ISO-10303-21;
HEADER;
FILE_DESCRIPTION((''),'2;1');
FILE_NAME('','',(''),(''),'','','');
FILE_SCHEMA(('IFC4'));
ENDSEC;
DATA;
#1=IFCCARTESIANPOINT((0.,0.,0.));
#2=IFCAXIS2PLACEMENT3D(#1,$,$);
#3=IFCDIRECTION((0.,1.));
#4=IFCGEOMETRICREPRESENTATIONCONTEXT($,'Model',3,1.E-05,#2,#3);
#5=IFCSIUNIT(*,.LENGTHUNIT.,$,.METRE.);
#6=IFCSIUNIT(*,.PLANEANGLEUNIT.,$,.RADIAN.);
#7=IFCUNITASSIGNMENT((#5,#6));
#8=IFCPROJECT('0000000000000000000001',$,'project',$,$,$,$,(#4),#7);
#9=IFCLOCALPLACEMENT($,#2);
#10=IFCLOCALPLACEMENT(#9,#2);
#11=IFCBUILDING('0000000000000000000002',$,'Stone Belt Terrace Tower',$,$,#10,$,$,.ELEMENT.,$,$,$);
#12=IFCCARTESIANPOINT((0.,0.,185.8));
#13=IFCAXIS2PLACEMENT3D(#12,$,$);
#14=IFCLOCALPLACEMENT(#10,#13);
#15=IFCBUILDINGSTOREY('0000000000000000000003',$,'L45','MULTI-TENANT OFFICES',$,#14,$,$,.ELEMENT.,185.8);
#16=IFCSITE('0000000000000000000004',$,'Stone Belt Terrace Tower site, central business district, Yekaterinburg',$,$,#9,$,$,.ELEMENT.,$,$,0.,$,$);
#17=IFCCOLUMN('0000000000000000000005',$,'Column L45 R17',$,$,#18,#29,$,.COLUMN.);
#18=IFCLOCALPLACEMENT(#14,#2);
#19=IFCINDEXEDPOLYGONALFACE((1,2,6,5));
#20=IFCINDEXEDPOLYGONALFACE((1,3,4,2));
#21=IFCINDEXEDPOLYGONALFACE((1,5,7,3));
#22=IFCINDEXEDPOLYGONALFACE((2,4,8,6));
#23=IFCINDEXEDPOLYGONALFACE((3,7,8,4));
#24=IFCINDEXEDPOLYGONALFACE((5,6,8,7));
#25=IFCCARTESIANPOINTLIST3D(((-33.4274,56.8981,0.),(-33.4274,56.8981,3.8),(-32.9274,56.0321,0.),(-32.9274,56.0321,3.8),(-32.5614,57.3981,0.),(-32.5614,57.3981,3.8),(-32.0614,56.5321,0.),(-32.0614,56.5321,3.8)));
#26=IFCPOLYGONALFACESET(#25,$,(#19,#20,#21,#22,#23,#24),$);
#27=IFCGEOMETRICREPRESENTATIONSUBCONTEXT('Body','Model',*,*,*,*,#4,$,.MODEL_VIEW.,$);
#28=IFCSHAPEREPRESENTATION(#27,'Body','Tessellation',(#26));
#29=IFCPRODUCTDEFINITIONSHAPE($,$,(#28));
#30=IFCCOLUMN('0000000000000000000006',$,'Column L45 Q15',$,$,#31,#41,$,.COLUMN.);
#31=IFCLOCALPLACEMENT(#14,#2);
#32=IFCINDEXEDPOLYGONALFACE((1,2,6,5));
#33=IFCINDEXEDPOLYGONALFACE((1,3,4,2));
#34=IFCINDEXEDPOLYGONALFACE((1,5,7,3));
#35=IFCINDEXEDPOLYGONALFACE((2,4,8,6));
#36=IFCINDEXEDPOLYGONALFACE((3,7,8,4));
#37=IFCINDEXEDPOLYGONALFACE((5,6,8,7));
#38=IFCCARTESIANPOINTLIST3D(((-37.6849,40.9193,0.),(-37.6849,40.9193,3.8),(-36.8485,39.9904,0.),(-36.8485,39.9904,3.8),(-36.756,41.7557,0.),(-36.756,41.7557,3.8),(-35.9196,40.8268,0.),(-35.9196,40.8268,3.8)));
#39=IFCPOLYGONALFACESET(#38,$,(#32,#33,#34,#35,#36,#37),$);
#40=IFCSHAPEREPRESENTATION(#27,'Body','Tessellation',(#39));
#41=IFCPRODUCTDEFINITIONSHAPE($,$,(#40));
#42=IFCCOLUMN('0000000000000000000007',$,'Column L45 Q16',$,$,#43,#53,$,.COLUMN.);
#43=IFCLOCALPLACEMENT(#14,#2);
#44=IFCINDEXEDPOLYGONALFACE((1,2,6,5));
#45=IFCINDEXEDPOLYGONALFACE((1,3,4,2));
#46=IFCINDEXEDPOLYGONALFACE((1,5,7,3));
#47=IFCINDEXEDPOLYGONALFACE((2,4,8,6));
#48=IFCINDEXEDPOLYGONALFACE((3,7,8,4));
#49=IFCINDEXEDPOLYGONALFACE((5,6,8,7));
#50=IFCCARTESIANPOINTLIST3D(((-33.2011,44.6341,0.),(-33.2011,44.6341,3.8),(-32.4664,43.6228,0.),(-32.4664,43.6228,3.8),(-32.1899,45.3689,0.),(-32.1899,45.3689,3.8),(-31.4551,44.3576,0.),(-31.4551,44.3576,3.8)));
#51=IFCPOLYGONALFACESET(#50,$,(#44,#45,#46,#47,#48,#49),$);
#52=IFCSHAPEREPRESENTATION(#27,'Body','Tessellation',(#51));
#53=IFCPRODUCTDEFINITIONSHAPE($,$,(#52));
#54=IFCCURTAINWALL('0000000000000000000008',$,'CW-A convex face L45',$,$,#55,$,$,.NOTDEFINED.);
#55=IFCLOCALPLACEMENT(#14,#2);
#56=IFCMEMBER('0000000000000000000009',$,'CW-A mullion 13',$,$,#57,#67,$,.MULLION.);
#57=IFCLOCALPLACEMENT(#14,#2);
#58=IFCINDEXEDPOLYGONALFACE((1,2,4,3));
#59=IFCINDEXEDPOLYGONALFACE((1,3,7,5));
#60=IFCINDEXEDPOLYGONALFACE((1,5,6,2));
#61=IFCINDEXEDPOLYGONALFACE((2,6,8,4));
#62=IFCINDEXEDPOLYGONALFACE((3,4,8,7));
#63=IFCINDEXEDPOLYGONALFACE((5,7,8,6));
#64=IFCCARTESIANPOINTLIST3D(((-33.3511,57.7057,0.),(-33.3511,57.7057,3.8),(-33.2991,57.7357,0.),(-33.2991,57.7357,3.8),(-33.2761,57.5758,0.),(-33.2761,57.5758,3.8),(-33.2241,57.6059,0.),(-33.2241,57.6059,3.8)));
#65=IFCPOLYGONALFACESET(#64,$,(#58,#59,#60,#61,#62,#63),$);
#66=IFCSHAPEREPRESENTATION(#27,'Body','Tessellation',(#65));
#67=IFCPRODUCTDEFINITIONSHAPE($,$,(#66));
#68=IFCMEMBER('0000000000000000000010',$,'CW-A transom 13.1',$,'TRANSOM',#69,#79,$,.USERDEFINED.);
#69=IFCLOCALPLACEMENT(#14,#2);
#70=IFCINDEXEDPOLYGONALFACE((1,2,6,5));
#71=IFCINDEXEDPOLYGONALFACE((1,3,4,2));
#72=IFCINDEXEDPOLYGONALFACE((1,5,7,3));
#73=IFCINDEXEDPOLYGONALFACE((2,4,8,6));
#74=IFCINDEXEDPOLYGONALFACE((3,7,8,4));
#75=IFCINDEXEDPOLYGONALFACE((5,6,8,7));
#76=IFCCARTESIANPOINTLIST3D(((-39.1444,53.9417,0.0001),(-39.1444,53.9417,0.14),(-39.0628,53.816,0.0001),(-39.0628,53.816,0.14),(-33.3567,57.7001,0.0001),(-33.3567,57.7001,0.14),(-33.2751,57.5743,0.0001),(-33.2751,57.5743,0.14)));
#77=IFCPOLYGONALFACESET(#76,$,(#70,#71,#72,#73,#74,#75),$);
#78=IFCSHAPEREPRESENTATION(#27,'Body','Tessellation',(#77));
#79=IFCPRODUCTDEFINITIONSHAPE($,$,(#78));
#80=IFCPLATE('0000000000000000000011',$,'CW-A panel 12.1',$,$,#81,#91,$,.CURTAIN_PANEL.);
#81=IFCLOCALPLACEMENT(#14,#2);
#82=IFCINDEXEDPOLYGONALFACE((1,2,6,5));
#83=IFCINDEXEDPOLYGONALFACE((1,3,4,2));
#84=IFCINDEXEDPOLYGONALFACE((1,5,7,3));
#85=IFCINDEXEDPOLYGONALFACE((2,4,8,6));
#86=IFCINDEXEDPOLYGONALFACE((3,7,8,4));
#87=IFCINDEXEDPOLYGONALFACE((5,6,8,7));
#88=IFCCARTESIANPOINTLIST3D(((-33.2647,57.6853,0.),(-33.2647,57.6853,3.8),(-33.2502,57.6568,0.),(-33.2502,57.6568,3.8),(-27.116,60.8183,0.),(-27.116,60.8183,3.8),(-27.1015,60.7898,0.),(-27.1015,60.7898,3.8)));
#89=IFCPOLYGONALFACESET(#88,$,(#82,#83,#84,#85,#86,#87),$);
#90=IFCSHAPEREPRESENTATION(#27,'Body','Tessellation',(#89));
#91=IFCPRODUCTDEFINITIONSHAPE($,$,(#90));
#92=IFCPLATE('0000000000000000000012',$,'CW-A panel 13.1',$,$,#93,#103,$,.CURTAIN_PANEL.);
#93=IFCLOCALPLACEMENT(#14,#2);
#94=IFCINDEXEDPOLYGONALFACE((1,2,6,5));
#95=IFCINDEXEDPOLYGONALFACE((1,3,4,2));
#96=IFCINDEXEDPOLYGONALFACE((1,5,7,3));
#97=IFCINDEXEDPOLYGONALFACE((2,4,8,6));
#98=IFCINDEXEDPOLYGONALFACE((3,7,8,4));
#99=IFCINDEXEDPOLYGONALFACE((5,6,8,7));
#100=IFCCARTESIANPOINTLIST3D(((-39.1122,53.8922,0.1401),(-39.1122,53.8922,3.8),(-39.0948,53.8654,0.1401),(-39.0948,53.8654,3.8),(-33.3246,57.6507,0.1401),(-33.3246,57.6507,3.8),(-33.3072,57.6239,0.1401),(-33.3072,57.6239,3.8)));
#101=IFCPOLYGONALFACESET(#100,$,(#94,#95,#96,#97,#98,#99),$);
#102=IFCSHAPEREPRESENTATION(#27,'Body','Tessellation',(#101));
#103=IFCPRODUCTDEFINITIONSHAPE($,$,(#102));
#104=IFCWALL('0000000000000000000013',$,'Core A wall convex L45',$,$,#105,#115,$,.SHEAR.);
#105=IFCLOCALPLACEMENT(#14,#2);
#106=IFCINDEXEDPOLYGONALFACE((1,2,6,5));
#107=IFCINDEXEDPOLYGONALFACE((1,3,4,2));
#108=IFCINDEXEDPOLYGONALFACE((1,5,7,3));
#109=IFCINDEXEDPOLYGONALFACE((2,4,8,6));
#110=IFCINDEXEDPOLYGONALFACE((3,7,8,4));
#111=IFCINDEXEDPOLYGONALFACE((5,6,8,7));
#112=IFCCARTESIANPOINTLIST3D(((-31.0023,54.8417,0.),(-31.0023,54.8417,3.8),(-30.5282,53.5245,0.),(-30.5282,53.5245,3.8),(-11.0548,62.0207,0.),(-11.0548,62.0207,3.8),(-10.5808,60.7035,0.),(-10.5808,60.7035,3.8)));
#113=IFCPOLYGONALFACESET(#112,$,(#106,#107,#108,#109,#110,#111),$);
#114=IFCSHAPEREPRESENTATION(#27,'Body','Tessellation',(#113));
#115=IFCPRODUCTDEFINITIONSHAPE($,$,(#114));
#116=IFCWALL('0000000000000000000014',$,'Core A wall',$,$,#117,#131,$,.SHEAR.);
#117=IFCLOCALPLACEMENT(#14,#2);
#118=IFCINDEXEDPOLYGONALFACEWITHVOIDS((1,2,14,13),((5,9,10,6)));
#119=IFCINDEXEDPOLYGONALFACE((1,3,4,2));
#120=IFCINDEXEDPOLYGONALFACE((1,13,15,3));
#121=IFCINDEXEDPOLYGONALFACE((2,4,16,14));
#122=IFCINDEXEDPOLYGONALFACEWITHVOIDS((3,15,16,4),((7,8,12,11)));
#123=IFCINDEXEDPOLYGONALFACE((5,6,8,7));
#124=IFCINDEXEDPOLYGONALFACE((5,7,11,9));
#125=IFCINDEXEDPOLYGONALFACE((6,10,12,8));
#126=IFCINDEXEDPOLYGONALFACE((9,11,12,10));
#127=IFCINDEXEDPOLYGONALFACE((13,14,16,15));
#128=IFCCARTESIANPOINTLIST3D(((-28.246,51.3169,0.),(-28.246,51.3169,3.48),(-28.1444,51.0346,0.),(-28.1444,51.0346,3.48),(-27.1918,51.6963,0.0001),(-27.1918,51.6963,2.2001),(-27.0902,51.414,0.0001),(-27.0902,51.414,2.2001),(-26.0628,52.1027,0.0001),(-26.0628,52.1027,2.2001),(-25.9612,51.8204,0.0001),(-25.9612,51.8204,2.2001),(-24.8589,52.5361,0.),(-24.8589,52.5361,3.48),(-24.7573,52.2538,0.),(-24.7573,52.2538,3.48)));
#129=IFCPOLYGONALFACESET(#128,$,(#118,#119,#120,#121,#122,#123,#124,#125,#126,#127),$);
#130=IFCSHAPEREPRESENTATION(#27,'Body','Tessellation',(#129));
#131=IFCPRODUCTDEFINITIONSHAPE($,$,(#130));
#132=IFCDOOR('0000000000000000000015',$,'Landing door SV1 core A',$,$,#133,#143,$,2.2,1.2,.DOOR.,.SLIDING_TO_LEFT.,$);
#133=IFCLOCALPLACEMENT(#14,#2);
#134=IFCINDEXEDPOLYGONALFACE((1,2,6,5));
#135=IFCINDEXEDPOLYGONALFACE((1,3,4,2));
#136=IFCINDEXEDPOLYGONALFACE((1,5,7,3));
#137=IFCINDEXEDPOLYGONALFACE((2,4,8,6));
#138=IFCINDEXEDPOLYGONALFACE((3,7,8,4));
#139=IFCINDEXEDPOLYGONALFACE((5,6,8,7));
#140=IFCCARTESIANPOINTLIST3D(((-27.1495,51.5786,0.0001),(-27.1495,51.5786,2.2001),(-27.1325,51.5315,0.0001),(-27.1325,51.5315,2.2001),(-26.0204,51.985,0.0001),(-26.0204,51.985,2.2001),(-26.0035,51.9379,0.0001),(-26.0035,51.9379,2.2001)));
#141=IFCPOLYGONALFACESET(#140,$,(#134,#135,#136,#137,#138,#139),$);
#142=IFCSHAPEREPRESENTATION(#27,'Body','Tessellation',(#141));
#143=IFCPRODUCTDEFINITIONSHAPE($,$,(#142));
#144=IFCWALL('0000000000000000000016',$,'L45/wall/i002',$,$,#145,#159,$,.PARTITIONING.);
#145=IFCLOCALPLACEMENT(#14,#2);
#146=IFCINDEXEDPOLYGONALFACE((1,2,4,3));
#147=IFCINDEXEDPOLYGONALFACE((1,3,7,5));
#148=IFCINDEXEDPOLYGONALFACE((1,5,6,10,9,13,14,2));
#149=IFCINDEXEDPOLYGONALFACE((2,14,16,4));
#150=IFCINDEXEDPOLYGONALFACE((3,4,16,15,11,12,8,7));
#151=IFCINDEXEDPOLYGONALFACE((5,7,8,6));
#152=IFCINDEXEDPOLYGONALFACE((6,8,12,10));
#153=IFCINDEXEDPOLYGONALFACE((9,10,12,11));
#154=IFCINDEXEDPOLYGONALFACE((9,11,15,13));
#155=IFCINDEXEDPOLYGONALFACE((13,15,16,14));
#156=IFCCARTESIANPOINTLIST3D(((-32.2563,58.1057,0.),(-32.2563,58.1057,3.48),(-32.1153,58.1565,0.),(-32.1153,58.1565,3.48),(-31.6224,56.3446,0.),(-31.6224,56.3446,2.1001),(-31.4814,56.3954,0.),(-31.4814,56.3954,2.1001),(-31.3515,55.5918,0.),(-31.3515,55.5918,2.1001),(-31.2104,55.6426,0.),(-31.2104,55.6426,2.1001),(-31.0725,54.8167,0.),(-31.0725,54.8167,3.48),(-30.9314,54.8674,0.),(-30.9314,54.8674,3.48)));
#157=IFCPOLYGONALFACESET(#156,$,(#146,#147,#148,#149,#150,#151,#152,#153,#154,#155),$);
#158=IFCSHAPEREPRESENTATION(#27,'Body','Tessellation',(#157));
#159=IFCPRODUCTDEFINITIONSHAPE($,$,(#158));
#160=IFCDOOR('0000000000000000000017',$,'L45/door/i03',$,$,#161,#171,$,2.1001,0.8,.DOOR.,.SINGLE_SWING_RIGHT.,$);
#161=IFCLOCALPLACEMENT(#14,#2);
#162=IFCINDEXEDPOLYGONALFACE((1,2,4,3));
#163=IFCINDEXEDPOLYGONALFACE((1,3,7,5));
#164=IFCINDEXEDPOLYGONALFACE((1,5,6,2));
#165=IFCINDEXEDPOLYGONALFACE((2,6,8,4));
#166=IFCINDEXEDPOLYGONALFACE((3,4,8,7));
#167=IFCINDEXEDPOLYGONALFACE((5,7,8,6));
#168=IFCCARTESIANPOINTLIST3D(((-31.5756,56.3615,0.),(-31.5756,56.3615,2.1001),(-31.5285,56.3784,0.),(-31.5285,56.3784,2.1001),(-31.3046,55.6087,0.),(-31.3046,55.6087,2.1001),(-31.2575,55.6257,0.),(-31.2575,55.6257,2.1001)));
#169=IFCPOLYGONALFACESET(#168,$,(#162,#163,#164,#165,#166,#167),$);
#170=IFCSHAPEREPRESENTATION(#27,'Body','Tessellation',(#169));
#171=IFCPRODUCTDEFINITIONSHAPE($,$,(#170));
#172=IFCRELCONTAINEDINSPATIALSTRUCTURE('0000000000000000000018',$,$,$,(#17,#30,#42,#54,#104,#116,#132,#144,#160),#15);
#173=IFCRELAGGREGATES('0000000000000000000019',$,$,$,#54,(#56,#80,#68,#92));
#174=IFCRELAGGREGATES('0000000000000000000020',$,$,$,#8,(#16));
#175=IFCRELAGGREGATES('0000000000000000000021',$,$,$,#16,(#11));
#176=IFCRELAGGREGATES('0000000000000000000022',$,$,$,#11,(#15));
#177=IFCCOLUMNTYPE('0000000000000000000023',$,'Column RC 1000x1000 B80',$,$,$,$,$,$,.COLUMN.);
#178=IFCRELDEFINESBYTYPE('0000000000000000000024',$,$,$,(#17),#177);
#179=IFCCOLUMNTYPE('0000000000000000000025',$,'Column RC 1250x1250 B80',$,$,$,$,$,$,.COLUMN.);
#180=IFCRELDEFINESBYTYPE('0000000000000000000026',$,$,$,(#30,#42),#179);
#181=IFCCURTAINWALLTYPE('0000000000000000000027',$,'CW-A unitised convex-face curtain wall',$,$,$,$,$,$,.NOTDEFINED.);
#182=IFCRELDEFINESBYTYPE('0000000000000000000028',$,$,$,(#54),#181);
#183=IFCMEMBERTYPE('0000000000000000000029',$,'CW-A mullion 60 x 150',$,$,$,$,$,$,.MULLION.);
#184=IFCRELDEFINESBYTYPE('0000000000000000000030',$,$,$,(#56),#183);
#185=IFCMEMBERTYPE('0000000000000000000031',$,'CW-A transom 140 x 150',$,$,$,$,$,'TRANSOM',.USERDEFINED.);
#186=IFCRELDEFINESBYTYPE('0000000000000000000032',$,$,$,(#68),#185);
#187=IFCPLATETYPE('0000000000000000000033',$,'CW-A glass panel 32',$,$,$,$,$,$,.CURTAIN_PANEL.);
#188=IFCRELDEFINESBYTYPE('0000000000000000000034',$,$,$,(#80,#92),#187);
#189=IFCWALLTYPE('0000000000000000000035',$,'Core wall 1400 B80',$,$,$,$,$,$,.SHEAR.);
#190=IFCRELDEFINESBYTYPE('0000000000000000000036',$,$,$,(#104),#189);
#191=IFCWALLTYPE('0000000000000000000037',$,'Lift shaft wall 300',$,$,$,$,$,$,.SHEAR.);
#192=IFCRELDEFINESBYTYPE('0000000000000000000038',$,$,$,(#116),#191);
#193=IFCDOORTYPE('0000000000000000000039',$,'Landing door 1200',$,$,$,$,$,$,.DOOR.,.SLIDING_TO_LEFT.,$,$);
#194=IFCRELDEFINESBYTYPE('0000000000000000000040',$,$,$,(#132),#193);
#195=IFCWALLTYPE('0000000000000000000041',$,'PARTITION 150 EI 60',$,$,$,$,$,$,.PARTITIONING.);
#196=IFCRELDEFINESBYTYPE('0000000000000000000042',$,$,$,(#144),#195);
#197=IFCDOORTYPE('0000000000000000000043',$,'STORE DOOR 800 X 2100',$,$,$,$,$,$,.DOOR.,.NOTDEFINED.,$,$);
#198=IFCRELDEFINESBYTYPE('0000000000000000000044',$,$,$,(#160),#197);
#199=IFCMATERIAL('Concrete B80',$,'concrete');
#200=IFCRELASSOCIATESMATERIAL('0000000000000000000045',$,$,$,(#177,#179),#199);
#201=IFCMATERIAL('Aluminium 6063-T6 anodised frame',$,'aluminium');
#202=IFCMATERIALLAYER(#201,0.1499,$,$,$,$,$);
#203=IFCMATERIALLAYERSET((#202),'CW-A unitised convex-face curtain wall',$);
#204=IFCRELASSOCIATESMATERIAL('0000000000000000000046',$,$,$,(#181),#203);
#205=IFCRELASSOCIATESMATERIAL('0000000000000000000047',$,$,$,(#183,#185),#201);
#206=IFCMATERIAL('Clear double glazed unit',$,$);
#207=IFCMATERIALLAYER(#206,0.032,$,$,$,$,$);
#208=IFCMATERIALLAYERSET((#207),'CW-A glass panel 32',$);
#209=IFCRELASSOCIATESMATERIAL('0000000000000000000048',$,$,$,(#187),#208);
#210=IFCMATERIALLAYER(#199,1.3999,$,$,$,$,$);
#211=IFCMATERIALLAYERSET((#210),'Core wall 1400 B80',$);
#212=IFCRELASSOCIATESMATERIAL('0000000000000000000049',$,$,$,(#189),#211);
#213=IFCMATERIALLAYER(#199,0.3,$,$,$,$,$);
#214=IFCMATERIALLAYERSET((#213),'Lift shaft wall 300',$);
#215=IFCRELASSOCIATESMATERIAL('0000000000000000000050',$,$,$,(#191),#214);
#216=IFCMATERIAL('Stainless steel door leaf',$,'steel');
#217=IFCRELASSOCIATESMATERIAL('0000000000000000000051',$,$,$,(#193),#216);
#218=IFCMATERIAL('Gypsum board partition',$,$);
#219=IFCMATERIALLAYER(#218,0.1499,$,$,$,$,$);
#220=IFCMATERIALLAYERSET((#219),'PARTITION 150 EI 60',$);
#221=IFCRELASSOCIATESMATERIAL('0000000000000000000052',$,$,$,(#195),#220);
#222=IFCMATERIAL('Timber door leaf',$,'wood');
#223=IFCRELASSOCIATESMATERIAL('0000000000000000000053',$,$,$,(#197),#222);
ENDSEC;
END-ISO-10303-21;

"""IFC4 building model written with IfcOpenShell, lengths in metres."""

from ifc_helpers import new_model, si_unit, direction, frame, frame_2d, origin, origin_2d, place, context, subcontext, project, spatial, rectangle, extrude, material, layer, layer_set, material_profile, profile_set, type_object, element, fill, aggregate, save


model = new_model("IFC4")

# Units and contexts
model_context = context("Model", 3, precision=1e-05, world=origin(), true_north=direction((0.0, 1.0)))
body_context = subcontext(model_context, "Body", "Model", "MODEL_VIEW")
ifc_project = project(units=[si_unit("LENGTHUNIT", "METRE"), si_unit("PLANEANGLEUNIT", "RADIAN")], contexts=[model_context])

# Site, building, storey
site_placement = place(None, origin())
site = spatial("IfcSite", under=ifc_project, at=site_placement, Name="Stone Belt Terrace Tower site, central business district, Yekaterinburg", CompositionType="ELEMENT", RefElevation=0.0)
building_placement = place(site_placement, origin())
building = spatial("IfcBuilding", under=site, at=building_placement, Name="Stone Belt Terrace Tower", CompositionType="ELEMENT")
storey_placement = place(building_placement, frame((0.0, 0.0, 185.8)))
storey = spatial("IfcBuildingStorey", under=building, at=storey_placement, Name="L45", Description="MULTI-TENANT OFFICES", CompositionType="ELEMENT", Elevation=185.8)

# Columns
ifc_material_1 = material(Name="Concrete B80", Category="concrete")
ifc_material_profile_1 = material_profile(ifc_material_1, rectangle(XDim=1.0, YDim=1.0, at=origin_2d()), Name="RC 1000x1000")
ifc_profile_set_1 = profile_set([ifc_material_profile_1], Name="Concrete B80")
column_type_1 = type_object("IfcColumnType", Name="Column RC 1000x1000 B80", PredefinedType="COLUMN", material=ifc_profile_set_1)
column_placement = place(storey_placement, frame((-32.7444, 56.7151, 0.0), z_axis=(0.0, 0.0, 1.0), x_axis=(0.866025, 0.5, 0.0)))
element("IfcColumn", 1, at=column_placement, inside=storey, type_object=column_type_1, Name="Column L45 R17", PredefinedType="COLUMN", context=body_context, shape_type="SweptSolid", body=[
    extrude(rectangle(XDim=1.0, YDim=1.0, at=origin_2d()), origin(), (0.0, 0.0, 1.0), 3.8),
])
ifc_material_profile_2 = material_profile(ifc_material_1, rectangle(XDim=1.25, YDim=1.25, at=origin_2d()), Name="RC 1250x1250")
ifc_profile_set_2 = profile_set([ifc_material_profile_2], Name="Concrete B80")
column_type_2 = type_object("IfcColumnType", Name="Column RC 1250x1250 B80", PredefinedType="COLUMN", material=ifc_profile_set_2)
for number, where, z_axis, x_axis, name in (
    (2, (-36.8022, 40.873, 0.0), (0.0, 0.0, 1.0), (0.743145, 0.669131, 0.0), "Column L45 Q15"),
    (3, (-32.3281, 44.4958, 0.0), (0.0, 0.0, 1.0), (0.809017, 0.587785, 0.0), "Column L45 Q16"),
):
    element("IfcColumn", number, at=place(storey_placement, frame(where, z_axis=z_axis, x_axis=x_axis)), inside=storey, type_object=column_type_2, Name=name, PredefinedType="COLUMN", context=body_context, shape_type="SweptSolid", body=[
        extrude(rectangle(XDim=1.25, YDim=1.25, at=origin_2d()), origin(), (0.0, 0.0, 1.0), 3.8),
    ])

# Curtain wall, members, plates
ifc_material_2 = material(Name="Aluminium 6063-T6 anodised frame", Category="aluminium")
ifc_layer_1 = layer(ifc_material_2, 0.1499)
ifc_layer_set_1 = layer_set([ifc_layer_1], Name="CW-A unitised convex-face curtain wall")
curtain_wall_type = type_object("IfcCurtainWallType", Name="CW-A unitised convex-face curtain wall", PredefinedType="NOTDEFINED", material=ifc_layer_set_1)
curtain_wall_placement = place(storey_placement, origin())
curtain_wall = element("IfcCurtainWall", 4, at=curtain_wall_placement, inside=storey, type_object=curtain_wall_type, Name="CW-A convex face L45", PredefinedType="NOTDEFINED")
ifc_material_profile_3 = material_profile(ifc_material_2, rectangle(XDim=0.1499, YDim=0.0601, at=origin_2d()), Name="Aluminium 6063-T6 60x150")
ifc_profile_set_3 = profile_set([ifc_material_profile_3], Name="Aluminium 6063-T6 anodised frame")
member_type_1 = type_object("IfcMemberType", Name="CW-A mullion 60 x 150", PredefinedType="MULLION", material=ifc_profile_set_3)
member_1_placement = place(storey_placement, frame((-33.2876, 57.6558, 0.0), z_axis=(0.0, 0.0, 1.0), x_axis=(0.5, -0.866025, 0.0)))
member_1 = element("IfcMember", 5, at=member_1_placement, type_object=member_type_1, Name="CW-A mullion 13", PredefinedType="MULLION", context=body_context, shape_type="SweptSolid", body=[
    extrude(rectangle(XDim=0.1499, YDim=0.0601, at=origin_2d()), origin(), (0.0, 0.0, 1.0), 3.8),
])
ifc_material_profile_4 = material_profile(ifc_material_2, rectangle(XDim=0.1499, YDim=0.1399, at=origin_2d()), Name="Aluminium 6063-T6 150x140")
ifc_profile_set_4 = profile_set([ifc_material_profile_4], Name="Aluminium 6063-T6 anodised frame")
member_type_2 = type_object("IfcMemberType", Name="CW-A transom 140 x 150", ElementType="TRANSOM", PredefinedType="USERDEFINED", material=ifc_profile_set_4)
member_2_placement = place(storey_placement, frame((-33.3159, 57.6372, 0.0701), z_axis=(-0.838684, -0.544618, 0.0), x_axis=(0.544618, -0.838684, 0.0)))
member_2 = element("IfcMember", 6, at=member_2_placement, type_object=member_type_2, Name="CW-A transom 13.1", ObjectType="TRANSOM", PredefinedType="USERDEFINED", context=body_context, shape_type="SweptSolid", body=[
    extrude(rectangle(XDim=0.1499, YDim=0.1399, at=origin_2d()), origin(), (0.0, 0.0, 1.0), 6.9009),
])
ifc_material_3 = material(Name="Clear double glazed unit")
ifc_layer_2 = layer(ifc_material_3, 0.032)
ifc_layer_set_2 = layer_set([ifc_layer_2], Name="CW-A glass panel 32")
plate_type = type_object("IfcPlateType", Name="CW-A glass panel 32", PredefinedType="CURTAIN_PANEL", material=ifc_layer_set_2)
plate_1_placement = place(storey_placement, frame((-30.1831, 59.2375, 0.0), z_axis=(0.0, 0.0, 1.0), x_axis=(-0.891007, -0.45399, 0.0)))
plate_1 = element("IfcPlate", 7, at=plate_1_placement, type_object=plate_type, Name="CW-A panel 12.1", PredefinedType="CURTAIN_PANEL", context=body_context, shape_type="SweptSolid", body=[
    extrude(rectangle(XDim=6.9009, YDim=0.032, at=origin_2d()), origin(), (0.0, 0.0, 1.0), 3.8),
])
plate_2_placement = place(storey_placement, frame((-36.2097, 55.7581, 0.1401), z_axis=(0.0, 0.0, 1.0), x_axis=(-0.838671, -0.544639, 0.0)))
plate_2 = element("IfcPlate", 8, at=plate_2_placement, type_object=plate_type, Name="CW-A panel 13.1", PredefinedType="CURTAIN_PANEL", context=body_context, shape_type="SweptSolid", body=[
    extrude(rectangle(XDim=6.9009, YDim=0.032, at=origin_2d()), origin(), (0.0, 0.0, 1.0), 3.6599),
])
aggregate(curtain_wall, [member_1, plate_1, member_2, plate_2])

# Wall
ifc_layer_3 = layer(ifc_material_1, 1.3999)
ifc_layer_set_3 = layer_set([ifc_layer_3], Name="Core wall 1400 B80")
wall_type_1 = type_object("IfcWallType", Name="Core wall 1400 B80", PredefinedType="SHEAR", material=ifc_layer_set_3)
wall_1_placement = place(storey_placement, frame((-30.7654, 54.1831, 0.0), z_axis=(0.0, 0.0, 1.0), x_axis=(0.94092, 0.33863, 0.0)))
element("IfcWall", 9, at=wall_1_placement, inside=storey, type_object=wall_type_1, Name="Core A wall convex L45", PredefinedType="SHEAR", context=body_context, shape_type="SweptSolid", body=[
    extrude(rectangle(XDim=21.2, YDim=1.3999, at=frame_2d((10.6001, 0.0))), origin(), (0.0, 0.0, 1.0), 3.8),
])

# Walls, openings, doors
ifc_layer_4 = layer(ifc_material_1, 0.3)
ifc_layer_set_4 = layer_set([ifc_layer_4], Name="Lift shaft wall 300")
wall_type_2 = type_object("IfcWallType", Name="Lift shaft wall 300", PredefinedType="SHEAR", material=ifc_layer_set_4)
wall_2_placement = place(storey_placement, frame((-28.1951, 51.1758, 0.0), z_axis=(0.0, 0.0, 1.0), x_axis=(0.940901, 0.338681, 0.0)))
wall_2 = element("IfcWall", 10, at=wall_2_placement, inside=storey, type_object=wall_type_2, Name="Core A wall", PredefinedType="SHEAR", context=body_context, shape_type="SweptSolid", body=[
    extrude(rectangle(XDim=3.5999, YDim=0.3, at=frame_2d((1.7998, 0.0))), origin(), (0.0, 0.0, 1.0), 3.48),
])
opening_1_placement = place(wall_2_placement, frame((1.1201, 0.0, 0.0)))
opening_1 = element("IfcOpeningElement", 11, at=opening_1_placement, cuts=wall_2, PredefinedType="OPENING", context=body_context, shape_type="SweptSolid", body=[
    extrude(rectangle(XDim=1.2, YDim=2.2, at=frame_2d((0.6001, 1.1001))), frame((0.0, 0.1599, 0.0), z_axis=(0.0, -1.0, 0.0), x_axis=(1.0, 0.0, 0.0)), (0.0, 0.0, 1.0), 0.3201),
])
ifc_material_4 = material(Name="Stainless steel door leaf", Category="steel")
door_type_1 = type_object("IfcDoorType", Name="Landing door 1200", OperationType="SLIDING_TO_LEFT", PredefinedType="DOOR", material=ifc_material_4)
door_1_placement = place(opening_1_placement, origin())
door_1 = element("IfcDoor", 12, at=door_1_placement, inside=storey, type_object=door_type_1, Name="Landing door SV1 core A", OperationType="SLIDING_TO_LEFT", OverallHeight=2.2, OverallWidth=1.2, PredefinedType="DOOR", context=body_context, shape_type="SweptSolid", body=[
    extrude(rectangle(XDim=1.2, YDim=2.2, at=frame_2d((0.6001, 1.1001))), frame((0.0, 0.0249, 0.0), z_axis=(0.0, -1.0, 0.0), x_axis=(1.0, 0.0, 0.0)), (0.0, 0.0, 1.0), 0.05),
])
fill(opening_1, door_1)
ifc_material_5 = material(Name="Gypsum board partition")
ifc_layer_5 = layer(ifc_material_5, 0.1499)
ifc_layer_set_5 = layer_set([ifc_layer_5], Name="PARTITION 150 EI 60")
wall_type_3 = type_object("IfcWallType", Name="PARTITION 150 EI 60", PredefinedType="PARTITIONING", material=ifc_layer_set_5)
wall_3_placement = place(storey_placement, frame((-32.1858, 58.1311, 0.0), z_axis=(0.0, 0.0, 1.0), x_axis=(0.338663, -0.940908, 0.0)))
wall_3 = element("IfcWall", 13, at=wall_3_placement, inside=storey, type_object=wall_type_3, Name="L45/wall/i002", PredefinedType="PARTITIONING", context=body_context, shape_type="SweptSolid", body=[
    extrude(rectangle(XDim=3.4956, YDim=0.1499, at=frame_2d((1.7478, 0.0))), origin(), (0.0, 0.0, 1.0), 3.48),
])
opening_2_placement = place(wall_3_placement, frame((1.8718, 0.0, 0.0)))
opening_2 = element("IfcOpeningElement", 14, at=opening_2_placement, cuts=wall_3, PredefinedType="OPENING", context=body_context, shape_type="SweptSolid", body=[
    extrude(rectangle(XDim=0.8, YDim=2.1001, at=frame_2d((0.3999, 1.05))), frame((0.0, 0.085, 0.0), z_axis=(0.0, -1.0, 0.0), x_axis=(1.0, 0.0, 0.0)), (0.0, 0.0, 1.0), 0.1699),
])
ifc_material_6 = material(Name="Timber door leaf", Category="wood")
door_type_2 = type_object("IfcDoorType", Name="STORE DOOR 800 X 2100", OperationType="NOTDEFINED", PredefinedType="DOOR", material=ifc_material_6)
door_2_placement = place(opening_2_placement, origin())
door_2 = element("IfcDoor", 15, at=door_2_placement, inside=storey, type_object=door_type_2, Name="L45/door/i03", OperationType="SINGLE_SWING_RIGHT", OverallHeight=2.1001, OverallWidth=0.8, PredefinedType="DOOR", context=body_context, shape_type="SweptSolid", body=[
    extrude(rectangle(XDim=0.8, YDim=2.1001, at=frame_2d((0.3999, 1.05))), frame((0.0, 0.0249, 0.0), z_axis=(0.0, -1.0, 0.0), x_axis=(1.0, 0.0, 0.0)), (0.0, 0.0, 1.0), 0.05),
])
fill(opening_2, door_2)

save(model, "model.ifc")
